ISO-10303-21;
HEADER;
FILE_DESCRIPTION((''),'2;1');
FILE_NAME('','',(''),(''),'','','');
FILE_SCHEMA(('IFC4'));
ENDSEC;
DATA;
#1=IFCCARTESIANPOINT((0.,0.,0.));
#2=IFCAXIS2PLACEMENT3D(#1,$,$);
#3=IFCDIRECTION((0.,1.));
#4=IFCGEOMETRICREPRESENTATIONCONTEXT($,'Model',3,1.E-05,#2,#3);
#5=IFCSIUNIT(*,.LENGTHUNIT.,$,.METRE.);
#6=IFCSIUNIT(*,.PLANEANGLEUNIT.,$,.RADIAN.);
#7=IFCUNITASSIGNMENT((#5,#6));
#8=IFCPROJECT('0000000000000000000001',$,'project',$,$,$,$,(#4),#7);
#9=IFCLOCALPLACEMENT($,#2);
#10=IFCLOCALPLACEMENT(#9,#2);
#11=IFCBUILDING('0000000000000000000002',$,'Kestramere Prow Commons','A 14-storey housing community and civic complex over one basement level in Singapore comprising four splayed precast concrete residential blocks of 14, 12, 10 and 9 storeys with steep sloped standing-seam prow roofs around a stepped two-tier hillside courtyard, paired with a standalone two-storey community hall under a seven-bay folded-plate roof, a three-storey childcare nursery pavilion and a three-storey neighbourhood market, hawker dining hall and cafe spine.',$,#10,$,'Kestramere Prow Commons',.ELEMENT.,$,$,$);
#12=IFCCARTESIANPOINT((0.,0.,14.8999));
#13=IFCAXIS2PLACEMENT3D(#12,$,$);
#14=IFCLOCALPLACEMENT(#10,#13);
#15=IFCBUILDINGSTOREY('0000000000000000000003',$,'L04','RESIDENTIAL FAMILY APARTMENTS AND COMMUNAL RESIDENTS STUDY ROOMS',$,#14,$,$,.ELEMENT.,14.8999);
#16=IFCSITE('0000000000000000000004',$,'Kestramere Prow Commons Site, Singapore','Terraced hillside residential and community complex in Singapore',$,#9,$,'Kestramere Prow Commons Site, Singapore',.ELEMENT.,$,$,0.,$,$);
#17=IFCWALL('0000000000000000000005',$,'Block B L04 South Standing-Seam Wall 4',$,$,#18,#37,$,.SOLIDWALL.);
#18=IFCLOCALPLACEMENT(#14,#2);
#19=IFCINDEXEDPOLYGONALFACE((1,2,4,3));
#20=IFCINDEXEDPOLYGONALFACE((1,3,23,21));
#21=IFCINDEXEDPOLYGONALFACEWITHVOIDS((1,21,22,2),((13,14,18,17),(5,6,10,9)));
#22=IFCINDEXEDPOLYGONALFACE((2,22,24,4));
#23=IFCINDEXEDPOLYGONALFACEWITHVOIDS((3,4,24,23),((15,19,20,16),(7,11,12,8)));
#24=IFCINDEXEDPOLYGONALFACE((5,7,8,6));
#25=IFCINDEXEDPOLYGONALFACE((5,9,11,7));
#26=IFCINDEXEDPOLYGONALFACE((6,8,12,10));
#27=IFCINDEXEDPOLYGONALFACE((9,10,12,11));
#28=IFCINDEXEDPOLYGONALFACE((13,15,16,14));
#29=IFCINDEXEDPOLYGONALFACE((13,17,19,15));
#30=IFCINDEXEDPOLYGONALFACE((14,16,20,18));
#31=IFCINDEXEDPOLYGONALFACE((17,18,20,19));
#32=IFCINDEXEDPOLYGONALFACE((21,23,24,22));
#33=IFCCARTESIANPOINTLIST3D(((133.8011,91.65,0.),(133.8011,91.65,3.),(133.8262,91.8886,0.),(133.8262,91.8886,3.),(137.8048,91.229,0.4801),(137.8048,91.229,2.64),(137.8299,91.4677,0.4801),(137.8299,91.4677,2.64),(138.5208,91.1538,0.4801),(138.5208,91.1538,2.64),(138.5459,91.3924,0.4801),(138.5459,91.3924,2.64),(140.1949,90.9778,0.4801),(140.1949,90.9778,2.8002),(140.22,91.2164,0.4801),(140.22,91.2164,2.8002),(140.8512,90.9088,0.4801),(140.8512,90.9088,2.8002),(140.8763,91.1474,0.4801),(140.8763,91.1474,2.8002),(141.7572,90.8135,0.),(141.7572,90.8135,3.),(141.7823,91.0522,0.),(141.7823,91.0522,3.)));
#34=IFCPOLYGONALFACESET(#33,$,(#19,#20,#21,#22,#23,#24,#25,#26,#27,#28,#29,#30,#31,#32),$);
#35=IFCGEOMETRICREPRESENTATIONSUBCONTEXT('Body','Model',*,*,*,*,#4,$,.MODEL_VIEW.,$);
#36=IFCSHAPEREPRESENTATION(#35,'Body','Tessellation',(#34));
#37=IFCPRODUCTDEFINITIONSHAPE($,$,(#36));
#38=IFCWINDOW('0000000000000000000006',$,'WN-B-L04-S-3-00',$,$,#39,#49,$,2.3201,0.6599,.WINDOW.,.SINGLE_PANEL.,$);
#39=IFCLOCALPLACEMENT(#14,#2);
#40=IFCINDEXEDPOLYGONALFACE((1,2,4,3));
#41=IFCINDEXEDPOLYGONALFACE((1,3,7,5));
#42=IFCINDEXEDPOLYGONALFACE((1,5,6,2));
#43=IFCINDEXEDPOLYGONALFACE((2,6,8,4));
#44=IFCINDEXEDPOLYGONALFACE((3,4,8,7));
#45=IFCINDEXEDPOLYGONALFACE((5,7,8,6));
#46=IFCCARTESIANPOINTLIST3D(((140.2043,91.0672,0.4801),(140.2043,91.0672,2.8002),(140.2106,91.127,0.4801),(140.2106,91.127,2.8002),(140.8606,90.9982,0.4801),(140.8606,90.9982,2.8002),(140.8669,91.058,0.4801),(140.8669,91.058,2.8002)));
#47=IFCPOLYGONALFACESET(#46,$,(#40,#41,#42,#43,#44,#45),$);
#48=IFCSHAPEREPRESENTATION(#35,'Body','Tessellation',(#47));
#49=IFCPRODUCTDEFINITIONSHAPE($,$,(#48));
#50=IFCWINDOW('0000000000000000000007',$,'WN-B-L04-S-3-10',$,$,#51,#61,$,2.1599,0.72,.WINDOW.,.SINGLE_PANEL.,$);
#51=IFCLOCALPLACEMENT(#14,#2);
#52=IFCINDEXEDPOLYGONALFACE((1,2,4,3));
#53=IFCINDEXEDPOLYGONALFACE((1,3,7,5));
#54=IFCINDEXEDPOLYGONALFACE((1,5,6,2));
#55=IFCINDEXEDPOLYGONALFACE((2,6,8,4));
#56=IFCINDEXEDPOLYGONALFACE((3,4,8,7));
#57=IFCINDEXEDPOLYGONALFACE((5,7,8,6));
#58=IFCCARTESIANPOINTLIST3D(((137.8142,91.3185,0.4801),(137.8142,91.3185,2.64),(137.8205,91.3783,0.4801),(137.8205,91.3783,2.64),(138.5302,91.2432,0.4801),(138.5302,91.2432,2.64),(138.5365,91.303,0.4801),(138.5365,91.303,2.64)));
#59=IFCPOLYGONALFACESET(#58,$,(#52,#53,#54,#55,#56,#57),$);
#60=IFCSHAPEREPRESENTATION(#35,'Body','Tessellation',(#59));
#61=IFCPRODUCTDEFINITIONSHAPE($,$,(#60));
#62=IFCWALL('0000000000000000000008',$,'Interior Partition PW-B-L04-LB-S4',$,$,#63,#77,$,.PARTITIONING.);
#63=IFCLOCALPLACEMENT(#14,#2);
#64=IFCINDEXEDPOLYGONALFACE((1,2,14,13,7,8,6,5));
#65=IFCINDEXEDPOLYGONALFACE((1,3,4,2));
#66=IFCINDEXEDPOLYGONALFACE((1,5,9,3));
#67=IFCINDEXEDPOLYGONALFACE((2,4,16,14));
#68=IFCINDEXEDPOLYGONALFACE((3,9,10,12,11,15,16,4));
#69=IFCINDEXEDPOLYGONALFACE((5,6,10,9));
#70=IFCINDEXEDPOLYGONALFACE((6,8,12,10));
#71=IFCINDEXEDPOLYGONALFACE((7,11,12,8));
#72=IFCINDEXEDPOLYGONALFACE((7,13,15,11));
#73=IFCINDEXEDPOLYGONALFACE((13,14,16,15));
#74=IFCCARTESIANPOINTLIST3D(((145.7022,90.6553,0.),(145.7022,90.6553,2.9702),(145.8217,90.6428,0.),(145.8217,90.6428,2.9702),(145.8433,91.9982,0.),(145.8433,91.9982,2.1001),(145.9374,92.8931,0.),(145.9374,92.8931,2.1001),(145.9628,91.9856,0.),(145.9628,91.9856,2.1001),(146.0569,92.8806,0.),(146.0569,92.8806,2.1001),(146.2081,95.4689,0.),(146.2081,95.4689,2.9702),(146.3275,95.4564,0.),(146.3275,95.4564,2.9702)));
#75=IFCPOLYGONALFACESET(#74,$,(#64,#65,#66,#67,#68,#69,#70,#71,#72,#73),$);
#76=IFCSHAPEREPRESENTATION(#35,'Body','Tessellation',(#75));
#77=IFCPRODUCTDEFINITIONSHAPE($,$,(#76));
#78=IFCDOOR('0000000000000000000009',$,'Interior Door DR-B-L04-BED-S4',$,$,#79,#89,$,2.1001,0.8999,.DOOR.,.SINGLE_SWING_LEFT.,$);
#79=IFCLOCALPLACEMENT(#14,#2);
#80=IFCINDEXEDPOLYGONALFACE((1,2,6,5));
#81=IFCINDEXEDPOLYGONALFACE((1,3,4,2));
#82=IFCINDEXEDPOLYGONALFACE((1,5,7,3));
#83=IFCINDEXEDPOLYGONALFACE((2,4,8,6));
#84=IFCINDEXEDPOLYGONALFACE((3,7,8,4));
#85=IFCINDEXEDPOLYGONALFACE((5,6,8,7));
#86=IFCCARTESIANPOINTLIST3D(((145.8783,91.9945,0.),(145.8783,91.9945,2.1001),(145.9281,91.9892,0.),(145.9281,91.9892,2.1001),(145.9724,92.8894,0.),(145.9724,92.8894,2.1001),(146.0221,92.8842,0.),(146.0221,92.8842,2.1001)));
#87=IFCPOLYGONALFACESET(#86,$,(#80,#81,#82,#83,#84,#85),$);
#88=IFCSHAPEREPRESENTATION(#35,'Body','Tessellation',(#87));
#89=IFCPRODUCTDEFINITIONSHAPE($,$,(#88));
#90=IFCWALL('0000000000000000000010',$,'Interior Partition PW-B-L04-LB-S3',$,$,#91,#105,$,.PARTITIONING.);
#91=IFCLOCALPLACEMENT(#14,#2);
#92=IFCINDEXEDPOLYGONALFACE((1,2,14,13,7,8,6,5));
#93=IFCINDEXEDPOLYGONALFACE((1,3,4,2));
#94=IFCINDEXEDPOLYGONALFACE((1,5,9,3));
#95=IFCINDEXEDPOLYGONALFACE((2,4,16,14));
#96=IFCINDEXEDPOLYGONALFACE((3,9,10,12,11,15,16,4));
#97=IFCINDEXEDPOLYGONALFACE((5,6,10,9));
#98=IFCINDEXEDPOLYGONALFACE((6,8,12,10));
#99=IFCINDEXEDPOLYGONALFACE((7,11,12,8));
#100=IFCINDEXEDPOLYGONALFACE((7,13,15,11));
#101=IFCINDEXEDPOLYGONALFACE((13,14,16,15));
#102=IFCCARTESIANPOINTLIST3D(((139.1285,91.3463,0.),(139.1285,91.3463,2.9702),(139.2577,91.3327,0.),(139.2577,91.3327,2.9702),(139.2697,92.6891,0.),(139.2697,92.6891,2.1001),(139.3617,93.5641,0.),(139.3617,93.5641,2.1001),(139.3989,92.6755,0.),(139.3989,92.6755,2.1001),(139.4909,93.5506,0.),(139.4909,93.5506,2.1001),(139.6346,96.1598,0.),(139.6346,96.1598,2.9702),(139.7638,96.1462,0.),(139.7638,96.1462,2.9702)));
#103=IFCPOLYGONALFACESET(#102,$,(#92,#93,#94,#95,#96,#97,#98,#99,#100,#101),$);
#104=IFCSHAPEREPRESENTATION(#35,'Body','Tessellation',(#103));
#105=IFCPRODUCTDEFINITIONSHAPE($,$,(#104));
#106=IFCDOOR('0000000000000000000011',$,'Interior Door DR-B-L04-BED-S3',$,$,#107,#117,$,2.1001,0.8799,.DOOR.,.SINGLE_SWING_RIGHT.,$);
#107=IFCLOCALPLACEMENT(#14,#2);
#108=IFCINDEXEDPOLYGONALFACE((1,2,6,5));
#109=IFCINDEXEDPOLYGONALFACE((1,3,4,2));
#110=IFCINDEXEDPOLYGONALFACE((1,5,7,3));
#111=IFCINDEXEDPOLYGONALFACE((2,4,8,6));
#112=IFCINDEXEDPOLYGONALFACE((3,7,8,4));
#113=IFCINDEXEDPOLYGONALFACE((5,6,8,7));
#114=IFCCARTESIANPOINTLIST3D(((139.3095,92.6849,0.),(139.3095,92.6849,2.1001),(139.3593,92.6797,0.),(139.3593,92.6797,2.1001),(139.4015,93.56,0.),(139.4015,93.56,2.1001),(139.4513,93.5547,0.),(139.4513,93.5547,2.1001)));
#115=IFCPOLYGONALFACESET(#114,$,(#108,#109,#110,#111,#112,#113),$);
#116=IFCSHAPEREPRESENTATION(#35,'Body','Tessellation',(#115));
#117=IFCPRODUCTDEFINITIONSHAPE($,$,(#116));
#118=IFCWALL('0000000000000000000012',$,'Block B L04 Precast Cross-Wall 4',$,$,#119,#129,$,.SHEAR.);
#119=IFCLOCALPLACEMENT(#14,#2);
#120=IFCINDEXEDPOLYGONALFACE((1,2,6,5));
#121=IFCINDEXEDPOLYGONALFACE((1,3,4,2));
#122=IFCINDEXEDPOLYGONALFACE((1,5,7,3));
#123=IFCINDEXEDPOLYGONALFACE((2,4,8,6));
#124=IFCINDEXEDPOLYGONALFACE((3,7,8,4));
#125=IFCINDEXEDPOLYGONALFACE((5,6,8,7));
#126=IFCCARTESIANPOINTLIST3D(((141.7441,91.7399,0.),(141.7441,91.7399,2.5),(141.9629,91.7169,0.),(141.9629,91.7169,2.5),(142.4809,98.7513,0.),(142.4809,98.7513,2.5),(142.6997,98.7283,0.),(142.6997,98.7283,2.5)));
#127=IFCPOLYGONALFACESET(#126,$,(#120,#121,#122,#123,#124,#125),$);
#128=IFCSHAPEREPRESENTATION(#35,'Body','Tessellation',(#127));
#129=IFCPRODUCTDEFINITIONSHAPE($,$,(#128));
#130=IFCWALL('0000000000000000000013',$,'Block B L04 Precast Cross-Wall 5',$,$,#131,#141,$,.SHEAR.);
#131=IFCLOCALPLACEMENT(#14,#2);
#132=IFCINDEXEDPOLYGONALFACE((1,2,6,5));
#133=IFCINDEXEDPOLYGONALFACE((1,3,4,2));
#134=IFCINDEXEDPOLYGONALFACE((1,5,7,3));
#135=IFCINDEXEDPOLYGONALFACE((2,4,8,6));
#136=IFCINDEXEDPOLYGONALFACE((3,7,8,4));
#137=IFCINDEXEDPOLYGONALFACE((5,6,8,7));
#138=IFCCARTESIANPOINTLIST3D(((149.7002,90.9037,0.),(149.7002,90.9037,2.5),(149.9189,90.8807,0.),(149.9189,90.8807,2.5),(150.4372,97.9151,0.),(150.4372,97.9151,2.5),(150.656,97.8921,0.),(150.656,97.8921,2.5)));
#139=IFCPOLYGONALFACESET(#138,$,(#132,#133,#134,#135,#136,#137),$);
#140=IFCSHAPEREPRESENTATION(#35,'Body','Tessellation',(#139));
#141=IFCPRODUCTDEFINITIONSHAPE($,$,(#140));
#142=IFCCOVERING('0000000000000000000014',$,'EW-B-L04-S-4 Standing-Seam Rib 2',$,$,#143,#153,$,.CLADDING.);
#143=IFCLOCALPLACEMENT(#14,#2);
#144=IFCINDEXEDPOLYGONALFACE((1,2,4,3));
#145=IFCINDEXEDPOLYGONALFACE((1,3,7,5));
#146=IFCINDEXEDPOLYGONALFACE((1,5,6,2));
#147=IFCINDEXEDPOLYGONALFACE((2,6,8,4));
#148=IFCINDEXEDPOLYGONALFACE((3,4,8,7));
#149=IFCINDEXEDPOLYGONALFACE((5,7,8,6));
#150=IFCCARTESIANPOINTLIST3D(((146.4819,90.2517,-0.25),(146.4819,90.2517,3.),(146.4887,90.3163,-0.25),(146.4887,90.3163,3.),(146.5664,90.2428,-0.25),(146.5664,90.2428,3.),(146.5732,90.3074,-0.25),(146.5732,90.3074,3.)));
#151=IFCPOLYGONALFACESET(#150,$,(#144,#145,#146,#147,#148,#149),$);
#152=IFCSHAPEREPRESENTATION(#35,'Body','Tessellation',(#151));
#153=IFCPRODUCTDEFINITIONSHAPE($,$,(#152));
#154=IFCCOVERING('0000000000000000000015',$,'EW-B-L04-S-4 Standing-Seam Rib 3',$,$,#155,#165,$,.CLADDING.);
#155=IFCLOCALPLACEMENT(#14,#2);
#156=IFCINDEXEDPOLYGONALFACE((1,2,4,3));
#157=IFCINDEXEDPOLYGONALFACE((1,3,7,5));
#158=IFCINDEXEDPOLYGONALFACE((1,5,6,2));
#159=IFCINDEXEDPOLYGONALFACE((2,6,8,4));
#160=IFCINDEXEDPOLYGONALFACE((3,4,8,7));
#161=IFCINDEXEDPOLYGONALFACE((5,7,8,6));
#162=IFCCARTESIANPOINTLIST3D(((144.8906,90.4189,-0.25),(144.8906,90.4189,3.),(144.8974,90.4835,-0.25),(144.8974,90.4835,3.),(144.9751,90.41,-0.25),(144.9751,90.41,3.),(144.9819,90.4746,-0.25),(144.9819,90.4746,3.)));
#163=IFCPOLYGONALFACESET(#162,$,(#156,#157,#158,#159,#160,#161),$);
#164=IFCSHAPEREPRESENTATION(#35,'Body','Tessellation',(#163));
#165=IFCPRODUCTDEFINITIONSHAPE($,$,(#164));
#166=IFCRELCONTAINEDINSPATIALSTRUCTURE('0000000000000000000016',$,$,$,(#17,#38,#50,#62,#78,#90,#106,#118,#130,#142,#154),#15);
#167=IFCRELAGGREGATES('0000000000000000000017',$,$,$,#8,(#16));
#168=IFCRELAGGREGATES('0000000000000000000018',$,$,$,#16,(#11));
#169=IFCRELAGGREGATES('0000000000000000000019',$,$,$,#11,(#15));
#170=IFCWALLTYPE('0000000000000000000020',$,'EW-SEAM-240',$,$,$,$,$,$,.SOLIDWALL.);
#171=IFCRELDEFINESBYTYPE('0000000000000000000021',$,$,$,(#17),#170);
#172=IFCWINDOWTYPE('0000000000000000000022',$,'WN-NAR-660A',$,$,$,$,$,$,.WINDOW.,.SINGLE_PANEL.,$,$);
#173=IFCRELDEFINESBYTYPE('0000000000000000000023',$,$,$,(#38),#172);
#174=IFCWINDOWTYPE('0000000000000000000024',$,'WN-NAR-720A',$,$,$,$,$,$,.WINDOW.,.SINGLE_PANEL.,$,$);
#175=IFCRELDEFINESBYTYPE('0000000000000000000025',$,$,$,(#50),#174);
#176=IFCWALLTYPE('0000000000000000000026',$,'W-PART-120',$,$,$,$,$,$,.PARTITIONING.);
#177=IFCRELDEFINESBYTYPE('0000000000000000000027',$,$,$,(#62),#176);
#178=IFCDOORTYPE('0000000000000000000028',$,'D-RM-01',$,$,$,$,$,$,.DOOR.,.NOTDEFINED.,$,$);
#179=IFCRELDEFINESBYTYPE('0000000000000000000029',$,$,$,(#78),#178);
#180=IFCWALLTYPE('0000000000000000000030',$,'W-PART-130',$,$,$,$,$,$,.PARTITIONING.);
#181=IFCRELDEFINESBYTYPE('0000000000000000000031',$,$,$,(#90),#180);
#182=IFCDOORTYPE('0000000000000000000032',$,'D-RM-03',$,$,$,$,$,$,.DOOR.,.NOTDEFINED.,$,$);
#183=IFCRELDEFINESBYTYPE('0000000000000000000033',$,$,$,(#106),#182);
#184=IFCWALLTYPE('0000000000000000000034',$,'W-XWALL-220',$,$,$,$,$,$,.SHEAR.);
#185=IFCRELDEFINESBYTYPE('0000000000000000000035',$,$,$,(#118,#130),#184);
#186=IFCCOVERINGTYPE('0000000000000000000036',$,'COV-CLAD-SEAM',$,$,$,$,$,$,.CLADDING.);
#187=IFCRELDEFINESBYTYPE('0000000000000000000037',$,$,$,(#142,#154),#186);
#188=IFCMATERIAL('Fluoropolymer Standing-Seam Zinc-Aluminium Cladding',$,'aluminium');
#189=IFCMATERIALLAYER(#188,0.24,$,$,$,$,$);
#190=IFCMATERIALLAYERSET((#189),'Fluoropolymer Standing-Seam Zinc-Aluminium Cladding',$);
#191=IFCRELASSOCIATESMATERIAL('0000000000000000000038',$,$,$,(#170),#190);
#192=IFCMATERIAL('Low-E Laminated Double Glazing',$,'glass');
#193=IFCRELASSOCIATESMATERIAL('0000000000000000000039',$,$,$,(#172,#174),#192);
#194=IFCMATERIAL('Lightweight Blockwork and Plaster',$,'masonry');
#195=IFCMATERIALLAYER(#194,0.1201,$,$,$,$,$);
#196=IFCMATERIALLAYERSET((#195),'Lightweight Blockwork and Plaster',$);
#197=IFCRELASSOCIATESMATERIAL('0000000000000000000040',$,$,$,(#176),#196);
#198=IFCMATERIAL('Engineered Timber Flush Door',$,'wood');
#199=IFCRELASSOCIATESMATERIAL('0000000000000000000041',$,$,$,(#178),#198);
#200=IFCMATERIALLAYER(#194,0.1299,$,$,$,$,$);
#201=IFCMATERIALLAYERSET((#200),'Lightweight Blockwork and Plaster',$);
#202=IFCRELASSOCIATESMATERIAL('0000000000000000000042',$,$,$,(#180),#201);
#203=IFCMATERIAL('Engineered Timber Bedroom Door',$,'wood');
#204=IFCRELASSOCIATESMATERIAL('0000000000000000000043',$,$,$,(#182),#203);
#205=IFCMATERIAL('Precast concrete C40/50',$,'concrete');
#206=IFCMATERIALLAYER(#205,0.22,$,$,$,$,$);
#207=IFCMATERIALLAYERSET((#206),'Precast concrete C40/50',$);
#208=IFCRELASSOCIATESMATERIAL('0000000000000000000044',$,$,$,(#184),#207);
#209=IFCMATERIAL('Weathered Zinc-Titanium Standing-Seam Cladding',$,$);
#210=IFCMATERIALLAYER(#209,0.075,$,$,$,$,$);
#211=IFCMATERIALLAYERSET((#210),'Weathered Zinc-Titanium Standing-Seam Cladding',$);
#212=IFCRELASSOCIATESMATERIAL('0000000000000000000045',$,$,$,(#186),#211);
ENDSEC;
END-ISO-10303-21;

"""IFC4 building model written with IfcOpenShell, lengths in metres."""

from ifc_helpers import new_model, si_unit, direction, frame, frame_2d, origin, origin_2d, place, context, subcontext, project, spatial, rectangle, extrude, material, layer, layer_set, type_object, element, fill, save


model = new_model("IFC4")

# Units and contexts
model_context = context("Model", 3, precision=1e-05, world=origin(), true_north=direction((0.0, 1.0)))
body_context = subcontext(model_context, "Body", "Model", "MODEL_VIEW")
ifc_project = project(units=[si_unit("LENGTHUNIT", "METRE"), si_unit("PLANEANGLEUNIT", "RADIAN")], contexts=[model_context])

# Site, building, storey
site_placement = place(None, origin())
site = spatial("IfcSite", under=ifc_project, at=site_placement, Name="Kestramere Prow Commons Site, Singapore", Description="Terraced hillside residential and community complex in Singapore", LongName="Kestramere Prow Commons Site, Singapore", CompositionType="ELEMENT", RefElevation=0.0)
building_placement = place(site_placement, origin())
building = spatial("IfcBuilding", under=site, at=building_placement, Name="Kestramere Prow Commons", Description="A 14-storey housing community and civic complex over one basement level in Singapore comprising four splayed precast concrete residential blocks of 14, 12, 10 and 9 storeys with steep sloped standing-seam prow roofs around a stepped two-tier hillside courtyard, paired with a standalone two-storey community hall under a seven-bay folded-plate roof, a three-storey childcare nursery pavilion and a three-storey neighbourhood market, hawker dining hall and cafe spine.", LongName="Kestramere Prow Commons", CompositionType="ELEMENT")
storey_placement = place(building_placement, frame((0.0, 0.0, 14.8999)))
storey = spatial("IfcBuildingStorey", under=building, at=storey_placement, Name="L04", Description="RESIDENTIAL FAMILY APARTMENTS AND COMMUNAL RESIDENTS STUDY ROOMS", CompositionType="ELEMENT", Elevation=14.8999)

# Shared definitions
ifc_material_1 = material(Name="Precast concrete C40/50", Category="concrete")

# Wall, openings, windows
ifc_material_2 = material(Name="Weathered Zinc-Titanium Standing-Seam Cladding")
ifc_material_3 = material(Name="Low-E Laminated Double Glazing", Category="glass")
ifc_material_4 = material(Name="Fluoropolymer Standing-Seam Zinc-Aluminium Cladding", Category="aluminium")
ifc_layer_1 = layer(ifc_material_4, 0.24)
ifc_layer_set_1 = layer_set([ifc_layer_1], Name="Fluoropolymer Standing-Seam Zinc-Aluminium Cladding")
wall_type_1 = type_object("IfcWallType", Name="EW-SEAM-240", PredefinedType="SOLIDWALL", material=ifc_layer_set_1)
wall_1_placement = place(storey_placement, frame((141.7698, 90.9329, 0.0), z_axis=(0.0, 0.0, 1.0), x_axis=(-0.994519, 0.104555, 0.0)))
wall_1 = element("IfcWall", 1, at=wall_1_placement, inside=storey, type_object=wall_type_1, Name="Block B L04 South Standing-Seam Wall 4", PredefinedType="SOLIDWALL", context=body_context, shape_type="SweptSolid", body=[
    extrude(rectangle(XDim=8.0, YDim=0.24, at=frame_2d((4.0, 0.0))), origin(), (0.0, 0.0, 1.0), 3.0),
])
opening_1_placement = place(wall_1_placement, frame((0.9109, 0.0, 0.48)))
opening_1 = element("IfcOpeningElement", 2, at=opening_1_placement, cuts=wall_1, PredefinedType="OPENING", context=body_context, shape_type="SweptSolid", body=[
    extrude(rectangle(XDim=0.6599, YDim=2.3201, at=frame_2d((0.3301, 1.1602))), frame((0.0, 0.135, 0.0), z_axis=(0.0, -1.0, 0.0), x_axis=(1.0, 0.0, 0.0)), (0.0, 0.0, 1.0), 0.27),
])
opening_2_placement = place(wall_1_placement, frame((3.2544, 0.0, 0.48)))
opening_2 = element("IfcOpeningElement", 3, at=opening_2_placement, cuts=wall_1, PredefinedType="OPENING", context=body_context, shape_type="SweptSolid", body=[
    extrude(rectangle(XDim=0.72, YDim=2.1599, at=frame_2d((0.3599, 1.0801))), frame((0.0, 0.135, 0.0), z_axis=(0.0, -1.0, 0.0), x_axis=(1.0, 0.0, 0.0)), (0.0, 0.0, 1.0), 0.27),
])
window_type_1 = type_object("IfcWindowType", Name="WN-NAR-660A", PartitioningType="SINGLE_PANEL", PredefinedType="WINDOW", material=ifc_material_3)
window_1_placement = place(opening_1_placement, origin())
window_1 = element("IfcWindow", 4, at=window_1_placement, inside=storey, type_object=window_type_1, Name="WN-B-L04-S-3-00", OverallHeight=2.3201, OverallWidth=0.6599, PartitioningType="SINGLE_PANEL", PredefinedType="WINDOW", context=body_context, shape_type="SweptSolid", body=[
    extrude(rectangle(XDim=0.6599, YDim=2.3201, at=frame_2d((0.3301, 1.1602))), frame((0.0, 0.03, 0.0), z_axis=(0.0, -1.0, 0.0), x_axis=(1.0, 0.0, 0.0)), (0.0, 0.0, 1.0), 0.0601),
])
fill(opening_1, window_1)
window_type_2 = type_object("IfcWindowType", Name="WN-NAR-720A", PartitioningType="SINGLE_PANEL", PredefinedType="WINDOW", material=ifc_material_3)
window_2_placement = place(opening_2_placement, origin())
window_2 = element("IfcWindow", 5, at=window_2_placement, inside=storey, type_object=window_type_2, Name="WN-B-L04-S-3-10", OverallHeight=2.1599, OverallWidth=0.72, PartitioningType="SINGLE_PANEL", PredefinedType="WINDOW", context=body_context, shape_type="SweptSolid", body=[
    extrude(rectangle(XDim=0.72, YDim=2.1599, at=frame_2d((0.3599, 1.0801))), frame((0.0, 0.03, 0.0), z_axis=(0.0, -1.0, 0.0), x_axis=(1.0, 0.0, 0.0)), (0.0, 0.0, 1.0), 0.0601),
])
fill(opening_2, window_2)

# Walls, openings, doors
ifc_material_5 = material(Name="Lightweight Blockwork and Plaster", Category="masonry")
ifc_layer_2 = layer(ifc_material_5, 0.1201)
ifc_layer_set_2 = layer_set([ifc_layer_2], Name="Lightweight Blockwork and Plaster")
wall_type_2 = type_object("IfcWallType", Name="W-PART-120", PredefinedType="PARTITIONING", material=ifc_layer_set_2)
wall_2_placement = place(storey_placement, frame((145.762, 90.6492, 0.0), z_axis=(0.0, 0.0, 1.0), x_axis=(0.104517, 0.994523, 0.0)))
wall_2 = element("IfcWall", 6, at=wall_2_placement, inside=storey, type_object=wall_type_2, Name="Interior Partition PW-B-L04-LB-S4", PredefinedType="PARTITIONING", context=body_context, shape_type="SweptSolid", body=[
    extrude(rectangle(XDim=4.8401, YDim=0.1201, at=frame_2d((2.4199, 0.0))), origin(), (0.0, 0.0, 1.0), 2.9702),
])
opening_3_placement = place(wall_2_placement, frame((1.3501, 0.0, 0.0)))
opening_3 = element("IfcOpeningElement", 7, at=opening_3_placement, cuts=wall_2, PredefinedType="OPENING", context=body_context, shape_type="SweptSolid", body=[
    extrude(rectangle(XDim=0.8999, YDim=2.1001, at=frame_2d((0.45, 1.05))), frame((0.0, 0.075, 0.0), z_axis=(0.0, -1.0, 0.0), x_axis=(1.0, 0.0, 0.0)), (0.0, 0.0, 1.0), 0.1501),
])
ifc_material_6 = material(Name="Engineered Timber Flush Door", Category="wood")
door_type_1 = type_object("IfcDoorType", Name="D-RM-01", OperationType="NOTDEFINED", PredefinedType="DOOR", material=ifc_material_6)
door_1_placement = place(opening_3_placement, origin())
door_1 = element("IfcDoor", 8, at=door_1_placement, inside=storey, type_object=door_type_1, Name="Interior Door DR-B-L04-BED-S4", OperationType="SINGLE_SWING_LEFT", OverallHeight=2.1001, OverallWidth=0.8999, PredefinedType="DOOR", context=body_context, shape_type="SweptSolid", body=[
    extrude(rectangle(XDim=0.8999, YDim=2.1001, at=frame_2d((0.45, 1.05))), frame((0.0, 0.0249, 0.0), z_axis=(0.0, -1.0, 0.0), x_axis=(1.0, 0.0, 0.0)), (0.0, 0.0, 1.0), 0.05),
])
fill(opening_3, door_1)
ifc_layer_3 = layer(ifc_material_5, 0.1299)
ifc_layer_set_3 = layer_set([ifc_layer_3], Name="Lightweight Blockwork and Plaster")
wall_type_3 = type_object("IfcWallType", Name="W-PART-130", PredefinedType="PARTITIONING", material=ifc_layer_set_3)
wall_3_placement = place(storey_placement, frame((139.1931, 91.3396, 0.0), z_axis=(0.0, 0.0, 1.0), x_axis=(0.104567, 0.994518, 0.0)))
wall_3 = element("IfcWall", 9, at=wall_3_placement, inside=storey, type_object=wall_type_3, Name="Interior Partition PW-B-L04-LB-S3", PredefinedType="PARTITIONING", context=body_context, shape_type="SweptSolid", body=[
    extrude(rectangle(XDim=4.8401, YDim=0.1299, at=frame_2d((2.4199, 0.0))), origin(), (0.0, 0.0, 1.0), 2.9702),
])
opening_4_placement = place(wall_3_placement, frame((1.3501, 0.0, 0.0)))
opening_4 = element("IfcOpeningElement", 10, at=opening_4_placement, cuts=wall_3, PredefinedType="OPENING", context=body_context, shape_type="SweptSolid", body=[
    extrude(rectangle(XDim=0.8799, YDim=2.1001, at=frame_2d((0.4399, 1.05))), frame((0.0, 0.0798, 0.0), z_axis=(0.0, -1.0, 0.0), x_axis=(1.0, 0.0, 0.0)), (0.0, 0.0, 1.0), 0.1599),
])
ifc_material_7 = material(Name="Engineered Timber Bedroom Door", Category="wood")
door_type_2 = type_object("IfcDoorType", Name="D-RM-03", OperationType="NOTDEFINED", PredefinedType="DOOR", material=ifc_material_7)
door_2_placement = place(opening_4_placement, origin())
door_2 = element("IfcDoor", 11, at=door_2_placement, inside=storey, type_object=door_type_2, Name="Interior Door DR-B-L04-BED-S3", OperationType="SINGLE_SWING_RIGHT", OverallHeight=2.1001, OverallWidth=0.8799, PredefinedType="DOOR", context=body_context, shape_type="SweptSolid", body=[
    extrude(rectangle(XDim=0.8799, YDim=2.1001, at=frame_2d((0.4399, 1.05))), frame((0.0, 0.0249, 0.0), z_axis=(0.0, -1.0, 0.0), x_axis=(1.0, 0.0, 0.0)), (0.0, 0.0, 1.0), 0.05),
])
fill(opening_4, door_2)

# Walls
ifc_layer_4 = layer(ifc_material_1, 0.22)
ifc_layer_set_4 = layer_set([ifc_layer_4], Name="Precast concrete C40/50")
wall_type_4 = type_object("IfcWallType", Name="W-XWALL-220", PredefinedType="SHEAR", material=ifc_layer_set_4)
for number, where, z_axis, x_axis, name in (
    (12, (141.8535, 91.7285, 0.0), (0.0, 0.0, 1.0), (0.104512, 0.994524, 0.0), "Block B L04 Precast Cross-Wall 4"),
    (13, (149.8096, 90.8923, 0.0), (0.0, 0.0, 1.0), (0.104546, 0.99452, 0.0), "Block B L04 Precast Cross-Wall 5"),
):
    element("IfcWall", number, at=place(storey_placement, frame(where, z_axis=z_axis, x_axis=x_axis)), inside=storey, type_object=wall_type_4, Name=name, PredefinedType="SHEAR", context=body_context, shape_type="SweptSolid", body=[
        extrude(rectangle(XDim=7.05, YDim=0.22, at=frame_2d((3.5249, 0.0))), origin(), (0.0, 0.0, 1.0), 2.5),
    ])

# Coverings
ifc_layer_5 = layer(ifc_material_2, 0.075)
ifc_layer_set_5 = layer_set([ifc_layer_5], Name="Weathered Zinc-Titanium Standing-Seam Cladding")
covering_type = type_object("IfcCoveringType", Name="COV-CLAD-SEAM", PredefinedType="CLADDING", material=ifc_layer_set_5)
for number, where, z_axis, x_axis, name in (
    (14, (146.5276, 90.2795, -0.25), (0.0, 0.0, 1.0), (-0.994522, 0.104528, 0.0), "EW-B-L04-S-4 Standing-Seam Rib 2"),
    (15, (144.9363, 90.4468, -0.25), (0.0, 0.0, 1.0), (-0.994522, 0.104528, 0.0), "EW-B-L04-S-4 Standing-Seam Rib 3"),
):
    element("IfcCovering", number, at=place(storey_placement, frame(where, z_axis=z_axis, x_axis=x_axis)), inside=storey, type_object=covering_type, Name=name, PredefinedType="CLADDING", context=body_context, shape_type="SweptSolid", body=[
        extrude(rectangle(XDim=0.085, YDim=0.0649, at=origin_2d()), origin(), (0.0, 0.0, 1.0), 3.25),
    ])

save(model, "model.ifc")
